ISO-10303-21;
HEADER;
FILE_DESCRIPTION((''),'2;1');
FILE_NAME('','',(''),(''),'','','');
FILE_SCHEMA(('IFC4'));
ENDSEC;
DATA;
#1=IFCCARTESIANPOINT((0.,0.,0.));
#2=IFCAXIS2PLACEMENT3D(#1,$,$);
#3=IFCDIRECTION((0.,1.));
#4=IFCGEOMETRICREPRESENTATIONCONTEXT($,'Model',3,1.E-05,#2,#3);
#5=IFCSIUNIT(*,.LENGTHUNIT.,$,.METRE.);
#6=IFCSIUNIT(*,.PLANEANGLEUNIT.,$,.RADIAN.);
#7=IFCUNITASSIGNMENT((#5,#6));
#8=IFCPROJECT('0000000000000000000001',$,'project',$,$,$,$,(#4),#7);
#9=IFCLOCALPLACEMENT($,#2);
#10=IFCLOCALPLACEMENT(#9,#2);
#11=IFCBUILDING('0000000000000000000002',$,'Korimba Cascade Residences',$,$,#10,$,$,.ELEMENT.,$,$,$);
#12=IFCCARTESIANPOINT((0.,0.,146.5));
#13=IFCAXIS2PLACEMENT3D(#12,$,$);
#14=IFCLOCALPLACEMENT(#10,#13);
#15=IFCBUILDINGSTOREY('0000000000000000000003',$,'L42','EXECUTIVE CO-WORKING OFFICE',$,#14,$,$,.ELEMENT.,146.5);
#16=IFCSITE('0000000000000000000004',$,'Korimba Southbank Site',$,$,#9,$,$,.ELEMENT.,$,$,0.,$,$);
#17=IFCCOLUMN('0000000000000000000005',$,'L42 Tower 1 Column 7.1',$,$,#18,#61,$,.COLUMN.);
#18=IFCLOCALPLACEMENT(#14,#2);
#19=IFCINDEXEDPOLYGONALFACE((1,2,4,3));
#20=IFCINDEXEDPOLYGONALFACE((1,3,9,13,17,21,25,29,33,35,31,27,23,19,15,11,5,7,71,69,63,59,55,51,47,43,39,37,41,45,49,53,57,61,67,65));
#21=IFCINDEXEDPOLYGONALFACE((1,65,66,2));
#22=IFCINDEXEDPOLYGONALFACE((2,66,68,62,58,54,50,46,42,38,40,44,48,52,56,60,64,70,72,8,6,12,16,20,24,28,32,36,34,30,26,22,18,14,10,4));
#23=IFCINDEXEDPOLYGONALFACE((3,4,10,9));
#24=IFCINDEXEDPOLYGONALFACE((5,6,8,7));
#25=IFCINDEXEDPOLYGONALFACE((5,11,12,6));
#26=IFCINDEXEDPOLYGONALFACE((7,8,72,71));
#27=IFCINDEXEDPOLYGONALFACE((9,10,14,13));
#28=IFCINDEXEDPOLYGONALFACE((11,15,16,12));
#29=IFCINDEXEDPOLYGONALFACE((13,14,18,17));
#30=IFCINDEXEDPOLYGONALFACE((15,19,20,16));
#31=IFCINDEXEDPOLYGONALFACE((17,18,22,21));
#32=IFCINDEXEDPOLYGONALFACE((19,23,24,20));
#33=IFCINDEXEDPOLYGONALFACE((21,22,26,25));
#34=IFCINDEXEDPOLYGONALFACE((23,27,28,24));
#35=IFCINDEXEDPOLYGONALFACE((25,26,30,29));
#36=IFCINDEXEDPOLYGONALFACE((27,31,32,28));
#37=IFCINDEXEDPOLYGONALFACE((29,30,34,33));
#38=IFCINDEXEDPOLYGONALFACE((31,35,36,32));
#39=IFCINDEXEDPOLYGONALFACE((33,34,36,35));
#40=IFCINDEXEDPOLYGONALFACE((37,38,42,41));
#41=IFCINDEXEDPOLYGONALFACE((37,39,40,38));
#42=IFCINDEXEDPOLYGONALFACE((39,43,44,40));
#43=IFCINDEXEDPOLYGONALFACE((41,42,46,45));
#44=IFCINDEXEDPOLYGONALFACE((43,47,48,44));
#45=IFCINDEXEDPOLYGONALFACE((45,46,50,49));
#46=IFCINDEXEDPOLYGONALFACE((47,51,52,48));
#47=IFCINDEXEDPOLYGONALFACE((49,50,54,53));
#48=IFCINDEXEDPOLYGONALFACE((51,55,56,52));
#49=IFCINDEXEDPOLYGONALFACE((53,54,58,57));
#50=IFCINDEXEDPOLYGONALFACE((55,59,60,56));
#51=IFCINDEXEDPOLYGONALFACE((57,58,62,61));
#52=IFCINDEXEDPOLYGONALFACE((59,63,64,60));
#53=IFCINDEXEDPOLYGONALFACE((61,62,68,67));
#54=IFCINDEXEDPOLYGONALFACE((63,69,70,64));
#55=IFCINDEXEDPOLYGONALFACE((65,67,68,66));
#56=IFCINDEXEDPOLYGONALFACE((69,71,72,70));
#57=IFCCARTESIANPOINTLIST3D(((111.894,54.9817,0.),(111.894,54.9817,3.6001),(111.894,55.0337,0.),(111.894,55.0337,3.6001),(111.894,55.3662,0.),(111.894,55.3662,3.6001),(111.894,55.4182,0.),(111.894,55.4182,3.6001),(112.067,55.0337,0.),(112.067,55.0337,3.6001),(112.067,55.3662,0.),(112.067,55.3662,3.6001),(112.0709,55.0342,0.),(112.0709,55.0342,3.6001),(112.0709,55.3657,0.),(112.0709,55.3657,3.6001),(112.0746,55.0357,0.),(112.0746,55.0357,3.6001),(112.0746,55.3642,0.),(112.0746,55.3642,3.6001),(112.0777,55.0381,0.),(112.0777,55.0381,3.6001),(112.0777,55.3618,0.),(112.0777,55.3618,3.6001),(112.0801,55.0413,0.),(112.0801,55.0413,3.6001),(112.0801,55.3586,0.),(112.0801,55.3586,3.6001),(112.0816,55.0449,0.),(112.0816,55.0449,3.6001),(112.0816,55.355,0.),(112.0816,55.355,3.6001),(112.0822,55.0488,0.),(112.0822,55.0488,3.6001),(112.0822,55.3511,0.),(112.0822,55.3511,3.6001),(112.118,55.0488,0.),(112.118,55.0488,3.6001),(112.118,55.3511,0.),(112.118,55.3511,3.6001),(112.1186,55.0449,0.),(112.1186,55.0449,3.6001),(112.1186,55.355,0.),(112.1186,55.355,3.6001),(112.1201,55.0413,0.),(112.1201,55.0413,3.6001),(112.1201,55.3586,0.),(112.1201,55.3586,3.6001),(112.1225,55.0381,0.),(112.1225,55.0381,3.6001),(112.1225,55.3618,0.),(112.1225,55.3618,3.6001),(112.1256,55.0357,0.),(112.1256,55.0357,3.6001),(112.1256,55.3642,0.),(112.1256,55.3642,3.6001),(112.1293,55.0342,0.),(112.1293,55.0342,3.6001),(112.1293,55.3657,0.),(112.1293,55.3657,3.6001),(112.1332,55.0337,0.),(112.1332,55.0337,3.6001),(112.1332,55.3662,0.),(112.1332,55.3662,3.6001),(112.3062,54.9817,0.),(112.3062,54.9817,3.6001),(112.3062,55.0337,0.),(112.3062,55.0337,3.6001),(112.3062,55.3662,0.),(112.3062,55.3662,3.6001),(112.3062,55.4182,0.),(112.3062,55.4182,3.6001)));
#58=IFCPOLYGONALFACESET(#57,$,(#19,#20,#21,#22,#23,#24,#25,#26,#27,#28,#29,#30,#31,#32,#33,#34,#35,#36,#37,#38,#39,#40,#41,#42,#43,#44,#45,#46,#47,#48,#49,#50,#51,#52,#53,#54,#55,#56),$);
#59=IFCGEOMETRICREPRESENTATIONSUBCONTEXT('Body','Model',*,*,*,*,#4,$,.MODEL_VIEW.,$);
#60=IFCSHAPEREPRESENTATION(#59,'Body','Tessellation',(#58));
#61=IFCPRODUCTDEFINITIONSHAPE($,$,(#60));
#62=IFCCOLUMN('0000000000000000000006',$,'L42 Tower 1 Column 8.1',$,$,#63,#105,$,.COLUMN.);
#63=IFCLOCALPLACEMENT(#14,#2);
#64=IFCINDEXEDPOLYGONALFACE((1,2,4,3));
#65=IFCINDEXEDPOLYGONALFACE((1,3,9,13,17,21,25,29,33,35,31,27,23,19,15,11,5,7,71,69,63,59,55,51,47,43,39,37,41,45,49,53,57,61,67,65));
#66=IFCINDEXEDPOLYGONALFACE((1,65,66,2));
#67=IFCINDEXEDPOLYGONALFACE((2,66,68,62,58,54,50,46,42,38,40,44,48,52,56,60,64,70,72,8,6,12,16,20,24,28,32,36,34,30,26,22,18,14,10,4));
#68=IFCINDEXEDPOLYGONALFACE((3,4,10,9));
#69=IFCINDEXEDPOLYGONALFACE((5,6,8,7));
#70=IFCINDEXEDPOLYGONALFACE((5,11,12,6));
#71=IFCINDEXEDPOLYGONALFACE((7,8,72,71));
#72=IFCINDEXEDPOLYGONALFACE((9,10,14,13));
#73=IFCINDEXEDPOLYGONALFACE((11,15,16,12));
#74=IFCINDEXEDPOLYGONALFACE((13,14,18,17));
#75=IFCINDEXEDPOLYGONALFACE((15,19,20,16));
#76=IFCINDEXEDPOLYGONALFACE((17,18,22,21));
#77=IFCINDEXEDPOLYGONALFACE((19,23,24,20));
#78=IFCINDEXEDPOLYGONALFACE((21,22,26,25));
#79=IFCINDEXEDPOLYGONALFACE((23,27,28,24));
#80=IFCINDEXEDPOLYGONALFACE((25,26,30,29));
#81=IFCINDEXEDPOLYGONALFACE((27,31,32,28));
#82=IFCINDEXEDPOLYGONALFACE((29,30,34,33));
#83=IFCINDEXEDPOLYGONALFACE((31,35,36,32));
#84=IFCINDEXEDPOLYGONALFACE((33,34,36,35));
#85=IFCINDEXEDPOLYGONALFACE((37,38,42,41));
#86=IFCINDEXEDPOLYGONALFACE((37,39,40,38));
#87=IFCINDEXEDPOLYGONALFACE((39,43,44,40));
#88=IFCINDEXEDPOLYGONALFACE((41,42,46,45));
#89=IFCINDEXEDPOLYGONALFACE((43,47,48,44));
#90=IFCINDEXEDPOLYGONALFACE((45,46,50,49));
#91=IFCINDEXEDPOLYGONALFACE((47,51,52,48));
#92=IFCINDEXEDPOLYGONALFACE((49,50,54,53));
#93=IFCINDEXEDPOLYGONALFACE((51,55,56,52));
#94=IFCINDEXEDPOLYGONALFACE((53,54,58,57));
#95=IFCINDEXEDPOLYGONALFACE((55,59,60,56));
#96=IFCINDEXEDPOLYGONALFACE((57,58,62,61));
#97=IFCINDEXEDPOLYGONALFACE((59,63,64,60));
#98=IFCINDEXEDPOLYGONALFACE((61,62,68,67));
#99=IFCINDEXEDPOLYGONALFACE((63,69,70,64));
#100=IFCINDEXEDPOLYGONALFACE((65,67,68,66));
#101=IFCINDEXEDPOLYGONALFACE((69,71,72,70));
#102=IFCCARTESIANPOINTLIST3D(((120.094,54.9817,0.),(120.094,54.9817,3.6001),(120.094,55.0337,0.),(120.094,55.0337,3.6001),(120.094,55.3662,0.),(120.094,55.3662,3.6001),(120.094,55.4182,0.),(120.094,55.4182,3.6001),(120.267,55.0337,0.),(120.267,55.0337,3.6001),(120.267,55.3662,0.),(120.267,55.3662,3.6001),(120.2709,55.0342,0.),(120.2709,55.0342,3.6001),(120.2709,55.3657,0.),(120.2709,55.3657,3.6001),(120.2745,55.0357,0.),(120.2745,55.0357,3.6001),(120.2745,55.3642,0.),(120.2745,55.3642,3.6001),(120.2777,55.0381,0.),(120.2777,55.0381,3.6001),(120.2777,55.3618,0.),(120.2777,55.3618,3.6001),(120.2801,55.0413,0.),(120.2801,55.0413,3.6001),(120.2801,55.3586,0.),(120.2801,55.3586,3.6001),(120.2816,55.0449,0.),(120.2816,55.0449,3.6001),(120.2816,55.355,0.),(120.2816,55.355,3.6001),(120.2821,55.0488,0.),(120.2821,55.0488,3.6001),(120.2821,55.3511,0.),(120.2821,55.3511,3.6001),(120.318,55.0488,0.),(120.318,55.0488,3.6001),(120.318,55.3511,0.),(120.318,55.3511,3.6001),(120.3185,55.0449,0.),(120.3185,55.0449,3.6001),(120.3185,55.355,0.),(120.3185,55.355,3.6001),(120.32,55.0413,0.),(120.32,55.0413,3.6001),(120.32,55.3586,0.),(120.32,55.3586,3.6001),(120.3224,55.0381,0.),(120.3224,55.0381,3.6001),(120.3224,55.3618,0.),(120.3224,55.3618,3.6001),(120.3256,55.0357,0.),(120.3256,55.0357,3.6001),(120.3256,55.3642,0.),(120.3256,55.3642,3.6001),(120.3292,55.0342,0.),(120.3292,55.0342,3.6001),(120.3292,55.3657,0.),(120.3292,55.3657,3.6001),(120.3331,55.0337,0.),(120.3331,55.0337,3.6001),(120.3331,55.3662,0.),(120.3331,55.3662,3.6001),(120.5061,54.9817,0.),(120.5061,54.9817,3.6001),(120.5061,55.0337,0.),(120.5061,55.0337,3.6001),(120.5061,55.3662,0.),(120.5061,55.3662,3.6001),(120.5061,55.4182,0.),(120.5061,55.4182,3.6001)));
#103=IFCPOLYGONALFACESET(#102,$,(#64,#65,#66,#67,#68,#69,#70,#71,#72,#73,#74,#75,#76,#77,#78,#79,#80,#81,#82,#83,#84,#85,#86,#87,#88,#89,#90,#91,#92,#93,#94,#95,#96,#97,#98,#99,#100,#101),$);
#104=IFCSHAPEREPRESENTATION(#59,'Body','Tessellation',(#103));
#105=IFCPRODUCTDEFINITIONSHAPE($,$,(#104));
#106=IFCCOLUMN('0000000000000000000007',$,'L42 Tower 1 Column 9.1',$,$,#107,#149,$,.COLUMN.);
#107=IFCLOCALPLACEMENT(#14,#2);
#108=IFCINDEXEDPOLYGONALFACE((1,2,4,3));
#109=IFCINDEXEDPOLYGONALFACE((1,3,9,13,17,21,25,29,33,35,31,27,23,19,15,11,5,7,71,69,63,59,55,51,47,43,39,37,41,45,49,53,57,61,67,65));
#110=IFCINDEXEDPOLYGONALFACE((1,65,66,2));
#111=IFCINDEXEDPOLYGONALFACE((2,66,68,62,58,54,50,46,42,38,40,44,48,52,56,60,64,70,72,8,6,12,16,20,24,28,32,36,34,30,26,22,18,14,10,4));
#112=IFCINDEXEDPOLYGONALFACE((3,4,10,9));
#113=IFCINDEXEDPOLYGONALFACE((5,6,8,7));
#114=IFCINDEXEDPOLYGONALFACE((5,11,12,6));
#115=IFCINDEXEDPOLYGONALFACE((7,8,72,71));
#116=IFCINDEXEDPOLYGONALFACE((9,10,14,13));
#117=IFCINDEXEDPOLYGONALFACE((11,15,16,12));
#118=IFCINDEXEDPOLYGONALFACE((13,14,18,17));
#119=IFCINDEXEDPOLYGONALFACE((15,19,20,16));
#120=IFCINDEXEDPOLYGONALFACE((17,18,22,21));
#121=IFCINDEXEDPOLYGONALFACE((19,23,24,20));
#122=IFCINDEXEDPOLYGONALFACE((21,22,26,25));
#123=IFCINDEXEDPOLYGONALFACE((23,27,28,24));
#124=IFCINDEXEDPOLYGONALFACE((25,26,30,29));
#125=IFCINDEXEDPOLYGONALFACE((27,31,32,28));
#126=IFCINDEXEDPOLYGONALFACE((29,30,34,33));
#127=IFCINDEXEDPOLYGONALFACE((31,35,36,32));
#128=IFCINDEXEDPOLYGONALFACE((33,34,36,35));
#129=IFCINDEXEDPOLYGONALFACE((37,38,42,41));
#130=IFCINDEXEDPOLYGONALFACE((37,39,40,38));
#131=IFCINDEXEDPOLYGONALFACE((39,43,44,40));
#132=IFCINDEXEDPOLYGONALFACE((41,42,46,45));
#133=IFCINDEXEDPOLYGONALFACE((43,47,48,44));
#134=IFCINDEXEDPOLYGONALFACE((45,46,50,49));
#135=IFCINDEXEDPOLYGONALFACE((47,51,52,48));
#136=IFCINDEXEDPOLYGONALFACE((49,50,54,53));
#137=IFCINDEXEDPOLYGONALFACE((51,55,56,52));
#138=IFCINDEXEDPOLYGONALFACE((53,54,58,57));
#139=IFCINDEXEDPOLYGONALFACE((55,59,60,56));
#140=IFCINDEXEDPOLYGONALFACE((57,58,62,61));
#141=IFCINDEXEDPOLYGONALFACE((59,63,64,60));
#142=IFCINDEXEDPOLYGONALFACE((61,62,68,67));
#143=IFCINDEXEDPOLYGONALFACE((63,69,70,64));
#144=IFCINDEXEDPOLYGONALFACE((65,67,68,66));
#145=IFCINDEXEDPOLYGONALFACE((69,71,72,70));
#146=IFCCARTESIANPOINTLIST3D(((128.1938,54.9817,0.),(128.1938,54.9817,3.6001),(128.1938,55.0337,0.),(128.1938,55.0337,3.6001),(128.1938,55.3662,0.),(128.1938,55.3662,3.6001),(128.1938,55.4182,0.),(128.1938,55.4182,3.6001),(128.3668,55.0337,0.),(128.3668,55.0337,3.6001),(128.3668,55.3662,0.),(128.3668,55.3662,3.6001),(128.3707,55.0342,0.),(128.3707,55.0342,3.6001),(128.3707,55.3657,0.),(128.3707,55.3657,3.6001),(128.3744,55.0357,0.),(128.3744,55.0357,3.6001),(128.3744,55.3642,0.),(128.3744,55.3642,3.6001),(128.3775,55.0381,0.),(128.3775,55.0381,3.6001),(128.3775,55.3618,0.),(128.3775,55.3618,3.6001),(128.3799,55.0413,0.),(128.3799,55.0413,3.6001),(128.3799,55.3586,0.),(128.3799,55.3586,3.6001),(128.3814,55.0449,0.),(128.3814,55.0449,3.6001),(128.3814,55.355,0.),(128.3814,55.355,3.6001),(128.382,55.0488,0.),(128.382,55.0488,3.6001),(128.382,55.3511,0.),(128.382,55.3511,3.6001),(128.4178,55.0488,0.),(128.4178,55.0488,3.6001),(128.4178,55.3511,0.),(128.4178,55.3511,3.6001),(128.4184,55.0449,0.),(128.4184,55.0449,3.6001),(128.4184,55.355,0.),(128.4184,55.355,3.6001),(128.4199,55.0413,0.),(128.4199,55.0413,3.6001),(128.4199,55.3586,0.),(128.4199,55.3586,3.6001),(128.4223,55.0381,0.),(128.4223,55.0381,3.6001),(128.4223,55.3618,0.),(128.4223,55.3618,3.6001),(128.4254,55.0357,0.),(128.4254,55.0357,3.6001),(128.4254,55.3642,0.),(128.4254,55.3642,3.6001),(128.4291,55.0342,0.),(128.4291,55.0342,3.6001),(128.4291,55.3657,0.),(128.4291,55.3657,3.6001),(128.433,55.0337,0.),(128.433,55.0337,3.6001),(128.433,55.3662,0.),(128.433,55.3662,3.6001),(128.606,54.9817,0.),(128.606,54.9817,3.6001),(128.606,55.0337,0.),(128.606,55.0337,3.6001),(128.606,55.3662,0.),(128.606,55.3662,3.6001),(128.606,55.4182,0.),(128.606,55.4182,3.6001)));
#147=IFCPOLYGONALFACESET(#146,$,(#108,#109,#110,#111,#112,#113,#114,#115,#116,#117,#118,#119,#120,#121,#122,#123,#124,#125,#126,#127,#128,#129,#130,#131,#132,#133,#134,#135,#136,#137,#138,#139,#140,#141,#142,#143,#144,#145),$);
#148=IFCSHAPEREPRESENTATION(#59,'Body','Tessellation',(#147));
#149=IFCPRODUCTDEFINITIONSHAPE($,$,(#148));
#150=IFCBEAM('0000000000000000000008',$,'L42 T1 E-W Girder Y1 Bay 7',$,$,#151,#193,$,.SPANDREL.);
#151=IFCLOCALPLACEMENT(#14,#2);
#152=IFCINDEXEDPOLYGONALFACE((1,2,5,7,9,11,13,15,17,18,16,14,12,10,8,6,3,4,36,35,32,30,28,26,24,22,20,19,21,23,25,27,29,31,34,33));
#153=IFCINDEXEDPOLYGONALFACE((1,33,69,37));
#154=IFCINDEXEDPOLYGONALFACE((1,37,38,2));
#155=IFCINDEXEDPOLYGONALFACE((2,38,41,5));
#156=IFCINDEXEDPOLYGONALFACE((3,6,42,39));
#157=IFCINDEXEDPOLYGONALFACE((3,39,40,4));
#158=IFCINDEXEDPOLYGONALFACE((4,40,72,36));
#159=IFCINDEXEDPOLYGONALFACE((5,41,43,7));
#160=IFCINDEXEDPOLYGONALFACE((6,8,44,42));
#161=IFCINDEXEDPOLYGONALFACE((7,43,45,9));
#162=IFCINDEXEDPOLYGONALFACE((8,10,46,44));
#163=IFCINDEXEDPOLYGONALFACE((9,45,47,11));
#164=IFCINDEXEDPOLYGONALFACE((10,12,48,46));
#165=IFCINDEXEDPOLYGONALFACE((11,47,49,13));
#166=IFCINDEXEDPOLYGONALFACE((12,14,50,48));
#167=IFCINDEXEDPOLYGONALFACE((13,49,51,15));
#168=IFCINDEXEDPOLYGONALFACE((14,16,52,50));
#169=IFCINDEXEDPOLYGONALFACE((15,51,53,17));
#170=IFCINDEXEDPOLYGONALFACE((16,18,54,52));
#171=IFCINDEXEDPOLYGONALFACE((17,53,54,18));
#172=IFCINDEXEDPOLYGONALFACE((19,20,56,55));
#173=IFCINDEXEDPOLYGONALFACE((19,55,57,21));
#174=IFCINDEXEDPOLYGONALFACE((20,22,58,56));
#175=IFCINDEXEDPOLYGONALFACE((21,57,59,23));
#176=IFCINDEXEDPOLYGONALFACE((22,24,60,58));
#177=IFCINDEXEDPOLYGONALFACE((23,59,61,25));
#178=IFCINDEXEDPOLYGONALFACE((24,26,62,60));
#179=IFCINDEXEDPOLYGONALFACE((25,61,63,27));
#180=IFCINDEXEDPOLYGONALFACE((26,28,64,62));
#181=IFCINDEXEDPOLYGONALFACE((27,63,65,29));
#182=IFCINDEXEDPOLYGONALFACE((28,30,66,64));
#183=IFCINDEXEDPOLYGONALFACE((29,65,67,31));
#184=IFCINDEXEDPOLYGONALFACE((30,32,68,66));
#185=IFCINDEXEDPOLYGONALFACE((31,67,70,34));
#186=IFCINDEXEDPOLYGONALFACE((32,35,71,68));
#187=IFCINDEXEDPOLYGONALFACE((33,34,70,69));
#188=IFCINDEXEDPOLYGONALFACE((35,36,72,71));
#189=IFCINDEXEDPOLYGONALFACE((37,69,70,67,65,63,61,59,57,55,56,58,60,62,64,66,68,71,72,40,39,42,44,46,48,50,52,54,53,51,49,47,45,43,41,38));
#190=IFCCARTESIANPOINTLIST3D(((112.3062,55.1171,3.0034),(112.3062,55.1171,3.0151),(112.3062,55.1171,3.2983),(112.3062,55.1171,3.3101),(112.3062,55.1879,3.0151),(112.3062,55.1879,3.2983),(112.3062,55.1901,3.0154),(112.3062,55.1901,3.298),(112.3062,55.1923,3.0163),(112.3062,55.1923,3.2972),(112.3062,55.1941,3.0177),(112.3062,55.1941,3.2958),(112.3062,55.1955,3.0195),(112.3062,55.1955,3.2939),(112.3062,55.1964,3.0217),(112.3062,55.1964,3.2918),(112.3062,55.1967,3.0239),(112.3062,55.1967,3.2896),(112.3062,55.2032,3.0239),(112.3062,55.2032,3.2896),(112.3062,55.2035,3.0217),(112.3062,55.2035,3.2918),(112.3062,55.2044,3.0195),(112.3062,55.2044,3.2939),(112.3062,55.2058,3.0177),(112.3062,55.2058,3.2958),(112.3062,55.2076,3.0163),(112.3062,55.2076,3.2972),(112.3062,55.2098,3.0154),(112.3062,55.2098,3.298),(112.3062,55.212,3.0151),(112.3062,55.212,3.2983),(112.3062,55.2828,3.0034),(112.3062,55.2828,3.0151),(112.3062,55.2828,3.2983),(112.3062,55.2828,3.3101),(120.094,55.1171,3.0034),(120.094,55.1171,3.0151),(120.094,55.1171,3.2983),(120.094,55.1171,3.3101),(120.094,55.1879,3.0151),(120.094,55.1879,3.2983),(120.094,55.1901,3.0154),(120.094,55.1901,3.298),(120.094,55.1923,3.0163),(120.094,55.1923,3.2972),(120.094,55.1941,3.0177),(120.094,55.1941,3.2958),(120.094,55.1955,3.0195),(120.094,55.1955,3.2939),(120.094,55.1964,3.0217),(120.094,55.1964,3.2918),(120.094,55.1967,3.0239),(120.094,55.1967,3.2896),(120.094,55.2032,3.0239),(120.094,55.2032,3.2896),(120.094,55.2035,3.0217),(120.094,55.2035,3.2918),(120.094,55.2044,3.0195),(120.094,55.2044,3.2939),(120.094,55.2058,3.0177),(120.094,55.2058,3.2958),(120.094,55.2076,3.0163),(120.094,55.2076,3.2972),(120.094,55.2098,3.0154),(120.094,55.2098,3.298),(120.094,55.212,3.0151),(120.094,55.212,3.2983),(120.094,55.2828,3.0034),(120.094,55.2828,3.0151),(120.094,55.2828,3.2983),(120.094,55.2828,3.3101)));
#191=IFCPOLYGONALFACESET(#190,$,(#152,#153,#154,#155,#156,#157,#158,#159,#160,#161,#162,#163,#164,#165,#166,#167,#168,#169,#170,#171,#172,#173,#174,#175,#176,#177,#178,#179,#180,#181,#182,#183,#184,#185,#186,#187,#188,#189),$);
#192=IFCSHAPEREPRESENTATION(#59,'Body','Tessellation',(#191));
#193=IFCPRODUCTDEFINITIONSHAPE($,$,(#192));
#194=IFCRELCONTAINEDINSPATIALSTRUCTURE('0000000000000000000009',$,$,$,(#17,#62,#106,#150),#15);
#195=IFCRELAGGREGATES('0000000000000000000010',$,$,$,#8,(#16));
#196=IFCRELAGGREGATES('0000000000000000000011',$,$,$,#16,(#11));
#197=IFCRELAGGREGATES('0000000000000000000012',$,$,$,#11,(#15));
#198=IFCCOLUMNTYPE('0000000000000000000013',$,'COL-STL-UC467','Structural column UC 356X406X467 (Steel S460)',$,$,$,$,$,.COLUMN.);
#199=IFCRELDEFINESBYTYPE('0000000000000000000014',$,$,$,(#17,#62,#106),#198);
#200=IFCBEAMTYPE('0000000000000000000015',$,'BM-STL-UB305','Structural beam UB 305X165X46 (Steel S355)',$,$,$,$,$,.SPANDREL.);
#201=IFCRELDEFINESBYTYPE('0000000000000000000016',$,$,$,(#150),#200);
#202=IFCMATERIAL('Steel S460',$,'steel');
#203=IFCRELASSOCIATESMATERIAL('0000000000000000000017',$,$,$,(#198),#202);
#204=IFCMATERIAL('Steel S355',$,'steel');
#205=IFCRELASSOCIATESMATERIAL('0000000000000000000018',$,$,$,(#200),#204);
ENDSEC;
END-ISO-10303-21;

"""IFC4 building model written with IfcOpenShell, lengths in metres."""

from ifc_helpers import new_model, si_unit, direction, frame, origin, origin_2d, place, context, subcontext, project, spatial, i_section, extrude, material, material_profile, profile_set, type_object, element, save


model = new_model("IFC4")

# Units and contexts
model_context = context("Model", 3, precision=1e-05, world=origin(), true_north=direction((0.0, 1.0)))
body_context = subcontext(model_context, "Body", "Model", "MODEL_VIEW")
ifc_project = project(units=[si_unit("LENGTHUNIT", "METRE"), si_unit("PLANEANGLEUNIT", "RADIAN")], contexts=[model_context])

# Site, building, storey
site_placement = place(None, origin())
site = spatial("IfcSite", under=ifc_project, at=site_placement, Name="Korimba Southbank Site", CompositionType="ELEMENT", RefElevation=0.0)
building_placement = place(site_placement, origin())
building = spatial("IfcBuilding", under=site, at=building_placement, Name="Korimba Cascade Residences", CompositionType="ELEMENT")
storey_placement = place(building_placement, frame((0.0, 0.0, 146.5)))
storey = spatial("IfcBuildingStorey", under=building, at=storey_placement, Name="L42", Description="EXECUTIVE CO-WORKING OFFICE", CompositionType="ELEMENT", Elevation=146.5)

# Columns
ifc_material_1 = material(Name="Steel S460", Category="steel")
ifc_material_profile_1 = material_profile(ifc_material_1, i_section(OverallWidth=0.4121, OverallDepth=0.4365, WebThickness=0.0359, FlangeThickness=0.052, FilletRadius=0.0151, at=origin_2d()), Name="Steel S460")
ifc_profile_set_1 = profile_set([ifc_material_profile_1], Name="Steel S460")
column_type = type_object("IfcColumnType", Name="COL-STL-UC467", Description="Structural column UC 356X406X467 (Steel S460)", PredefinedType="COLUMN", material=ifc_profile_set_1)
for number, where, z_axis, x_axis, name in (
    (1, (112.1001, 55.2, 0.0), (0.0, 0.0, 1.0), (1.0, 0.0, 0.0), "L42 Tower 1 Column 7.1"),
    (2, (120.3, 55.2, 0.0), (0.0, 0.0, 1.0), (1.0, 0.0, 0.0), "L42 Tower 1 Column 8.1"),
    (3, (128.3999, 55.2, 0.0), (0.0, 0.0, 1.0), (1.0, 0.0, 0.0), "L42 Tower 1 Column 9.1"),
):
    element("IfcColumn", number, at=place(storey_placement, frame(where, z_axis=z_axis, x_axis=x_axis)), inside=storey, type_object=column_type, Name=name, PredefinedType="COLUMN", context=body_context, shape_type="SweptSolid", body=[
        extrude(i_section(OverallWidth=0.4121, OverallDepth=0.4365, WebThickness=0.0359, FlangeThickness=0.052, FilletRadius=0.0151, at=origin_2d()), origin(), (0.0, 0.0, 1.0), 3.6001),
    ])

# Beam
ifc_material_2 = material(Name="Steel S355", Category="steel")
ifc_material_profile_2 = material_profile(ifc_material_2, i_section(OverallWidth=0.1658, OverallDepth=0.3066, WebThickness=0.0066, FlangeThickness=0.0117, FilletRadius=0.0088, at=origin_2d()), Name="Steel S355")
ifc_profile_set_2 = profile_set([ifc_material_profile_2], Name="Steel S355")
beam_type_1 = type_object("IfcBeamType", Name="BM-STL-UB305", Description="Structural beam UB 305X165X46 (Steel S355)", PredefinedType="SPANDREL", material=ifc_profile_set_2)
beam_1_placement = place(storey_placement, frame((112.3062, 55.2, 3.1567), z_axis=(1.0, 0.0, 0.0), x_axis=(0.0, 1.0, 0.0)))
element("IfcBeam", 4, at=beam_1_placement, inside=storey, type_object=beam_type_1, Name="L42 T1 E-W Girder Y1 Bay 7", PredefinedType="SPANDREL", context=body_context, shape_type="SweptSolid", body=[
    extrude(i_section(OverallWidth=0.1658, OverallDepth=0.3066, WebThickness=0.0066, FlangeThickness=0.0117, FilletRadius=0.0088, at=origin_2d()), origin(), (0.0, 0.0, 1.0), 7.7878),
])

save(model, "model.ifc")
